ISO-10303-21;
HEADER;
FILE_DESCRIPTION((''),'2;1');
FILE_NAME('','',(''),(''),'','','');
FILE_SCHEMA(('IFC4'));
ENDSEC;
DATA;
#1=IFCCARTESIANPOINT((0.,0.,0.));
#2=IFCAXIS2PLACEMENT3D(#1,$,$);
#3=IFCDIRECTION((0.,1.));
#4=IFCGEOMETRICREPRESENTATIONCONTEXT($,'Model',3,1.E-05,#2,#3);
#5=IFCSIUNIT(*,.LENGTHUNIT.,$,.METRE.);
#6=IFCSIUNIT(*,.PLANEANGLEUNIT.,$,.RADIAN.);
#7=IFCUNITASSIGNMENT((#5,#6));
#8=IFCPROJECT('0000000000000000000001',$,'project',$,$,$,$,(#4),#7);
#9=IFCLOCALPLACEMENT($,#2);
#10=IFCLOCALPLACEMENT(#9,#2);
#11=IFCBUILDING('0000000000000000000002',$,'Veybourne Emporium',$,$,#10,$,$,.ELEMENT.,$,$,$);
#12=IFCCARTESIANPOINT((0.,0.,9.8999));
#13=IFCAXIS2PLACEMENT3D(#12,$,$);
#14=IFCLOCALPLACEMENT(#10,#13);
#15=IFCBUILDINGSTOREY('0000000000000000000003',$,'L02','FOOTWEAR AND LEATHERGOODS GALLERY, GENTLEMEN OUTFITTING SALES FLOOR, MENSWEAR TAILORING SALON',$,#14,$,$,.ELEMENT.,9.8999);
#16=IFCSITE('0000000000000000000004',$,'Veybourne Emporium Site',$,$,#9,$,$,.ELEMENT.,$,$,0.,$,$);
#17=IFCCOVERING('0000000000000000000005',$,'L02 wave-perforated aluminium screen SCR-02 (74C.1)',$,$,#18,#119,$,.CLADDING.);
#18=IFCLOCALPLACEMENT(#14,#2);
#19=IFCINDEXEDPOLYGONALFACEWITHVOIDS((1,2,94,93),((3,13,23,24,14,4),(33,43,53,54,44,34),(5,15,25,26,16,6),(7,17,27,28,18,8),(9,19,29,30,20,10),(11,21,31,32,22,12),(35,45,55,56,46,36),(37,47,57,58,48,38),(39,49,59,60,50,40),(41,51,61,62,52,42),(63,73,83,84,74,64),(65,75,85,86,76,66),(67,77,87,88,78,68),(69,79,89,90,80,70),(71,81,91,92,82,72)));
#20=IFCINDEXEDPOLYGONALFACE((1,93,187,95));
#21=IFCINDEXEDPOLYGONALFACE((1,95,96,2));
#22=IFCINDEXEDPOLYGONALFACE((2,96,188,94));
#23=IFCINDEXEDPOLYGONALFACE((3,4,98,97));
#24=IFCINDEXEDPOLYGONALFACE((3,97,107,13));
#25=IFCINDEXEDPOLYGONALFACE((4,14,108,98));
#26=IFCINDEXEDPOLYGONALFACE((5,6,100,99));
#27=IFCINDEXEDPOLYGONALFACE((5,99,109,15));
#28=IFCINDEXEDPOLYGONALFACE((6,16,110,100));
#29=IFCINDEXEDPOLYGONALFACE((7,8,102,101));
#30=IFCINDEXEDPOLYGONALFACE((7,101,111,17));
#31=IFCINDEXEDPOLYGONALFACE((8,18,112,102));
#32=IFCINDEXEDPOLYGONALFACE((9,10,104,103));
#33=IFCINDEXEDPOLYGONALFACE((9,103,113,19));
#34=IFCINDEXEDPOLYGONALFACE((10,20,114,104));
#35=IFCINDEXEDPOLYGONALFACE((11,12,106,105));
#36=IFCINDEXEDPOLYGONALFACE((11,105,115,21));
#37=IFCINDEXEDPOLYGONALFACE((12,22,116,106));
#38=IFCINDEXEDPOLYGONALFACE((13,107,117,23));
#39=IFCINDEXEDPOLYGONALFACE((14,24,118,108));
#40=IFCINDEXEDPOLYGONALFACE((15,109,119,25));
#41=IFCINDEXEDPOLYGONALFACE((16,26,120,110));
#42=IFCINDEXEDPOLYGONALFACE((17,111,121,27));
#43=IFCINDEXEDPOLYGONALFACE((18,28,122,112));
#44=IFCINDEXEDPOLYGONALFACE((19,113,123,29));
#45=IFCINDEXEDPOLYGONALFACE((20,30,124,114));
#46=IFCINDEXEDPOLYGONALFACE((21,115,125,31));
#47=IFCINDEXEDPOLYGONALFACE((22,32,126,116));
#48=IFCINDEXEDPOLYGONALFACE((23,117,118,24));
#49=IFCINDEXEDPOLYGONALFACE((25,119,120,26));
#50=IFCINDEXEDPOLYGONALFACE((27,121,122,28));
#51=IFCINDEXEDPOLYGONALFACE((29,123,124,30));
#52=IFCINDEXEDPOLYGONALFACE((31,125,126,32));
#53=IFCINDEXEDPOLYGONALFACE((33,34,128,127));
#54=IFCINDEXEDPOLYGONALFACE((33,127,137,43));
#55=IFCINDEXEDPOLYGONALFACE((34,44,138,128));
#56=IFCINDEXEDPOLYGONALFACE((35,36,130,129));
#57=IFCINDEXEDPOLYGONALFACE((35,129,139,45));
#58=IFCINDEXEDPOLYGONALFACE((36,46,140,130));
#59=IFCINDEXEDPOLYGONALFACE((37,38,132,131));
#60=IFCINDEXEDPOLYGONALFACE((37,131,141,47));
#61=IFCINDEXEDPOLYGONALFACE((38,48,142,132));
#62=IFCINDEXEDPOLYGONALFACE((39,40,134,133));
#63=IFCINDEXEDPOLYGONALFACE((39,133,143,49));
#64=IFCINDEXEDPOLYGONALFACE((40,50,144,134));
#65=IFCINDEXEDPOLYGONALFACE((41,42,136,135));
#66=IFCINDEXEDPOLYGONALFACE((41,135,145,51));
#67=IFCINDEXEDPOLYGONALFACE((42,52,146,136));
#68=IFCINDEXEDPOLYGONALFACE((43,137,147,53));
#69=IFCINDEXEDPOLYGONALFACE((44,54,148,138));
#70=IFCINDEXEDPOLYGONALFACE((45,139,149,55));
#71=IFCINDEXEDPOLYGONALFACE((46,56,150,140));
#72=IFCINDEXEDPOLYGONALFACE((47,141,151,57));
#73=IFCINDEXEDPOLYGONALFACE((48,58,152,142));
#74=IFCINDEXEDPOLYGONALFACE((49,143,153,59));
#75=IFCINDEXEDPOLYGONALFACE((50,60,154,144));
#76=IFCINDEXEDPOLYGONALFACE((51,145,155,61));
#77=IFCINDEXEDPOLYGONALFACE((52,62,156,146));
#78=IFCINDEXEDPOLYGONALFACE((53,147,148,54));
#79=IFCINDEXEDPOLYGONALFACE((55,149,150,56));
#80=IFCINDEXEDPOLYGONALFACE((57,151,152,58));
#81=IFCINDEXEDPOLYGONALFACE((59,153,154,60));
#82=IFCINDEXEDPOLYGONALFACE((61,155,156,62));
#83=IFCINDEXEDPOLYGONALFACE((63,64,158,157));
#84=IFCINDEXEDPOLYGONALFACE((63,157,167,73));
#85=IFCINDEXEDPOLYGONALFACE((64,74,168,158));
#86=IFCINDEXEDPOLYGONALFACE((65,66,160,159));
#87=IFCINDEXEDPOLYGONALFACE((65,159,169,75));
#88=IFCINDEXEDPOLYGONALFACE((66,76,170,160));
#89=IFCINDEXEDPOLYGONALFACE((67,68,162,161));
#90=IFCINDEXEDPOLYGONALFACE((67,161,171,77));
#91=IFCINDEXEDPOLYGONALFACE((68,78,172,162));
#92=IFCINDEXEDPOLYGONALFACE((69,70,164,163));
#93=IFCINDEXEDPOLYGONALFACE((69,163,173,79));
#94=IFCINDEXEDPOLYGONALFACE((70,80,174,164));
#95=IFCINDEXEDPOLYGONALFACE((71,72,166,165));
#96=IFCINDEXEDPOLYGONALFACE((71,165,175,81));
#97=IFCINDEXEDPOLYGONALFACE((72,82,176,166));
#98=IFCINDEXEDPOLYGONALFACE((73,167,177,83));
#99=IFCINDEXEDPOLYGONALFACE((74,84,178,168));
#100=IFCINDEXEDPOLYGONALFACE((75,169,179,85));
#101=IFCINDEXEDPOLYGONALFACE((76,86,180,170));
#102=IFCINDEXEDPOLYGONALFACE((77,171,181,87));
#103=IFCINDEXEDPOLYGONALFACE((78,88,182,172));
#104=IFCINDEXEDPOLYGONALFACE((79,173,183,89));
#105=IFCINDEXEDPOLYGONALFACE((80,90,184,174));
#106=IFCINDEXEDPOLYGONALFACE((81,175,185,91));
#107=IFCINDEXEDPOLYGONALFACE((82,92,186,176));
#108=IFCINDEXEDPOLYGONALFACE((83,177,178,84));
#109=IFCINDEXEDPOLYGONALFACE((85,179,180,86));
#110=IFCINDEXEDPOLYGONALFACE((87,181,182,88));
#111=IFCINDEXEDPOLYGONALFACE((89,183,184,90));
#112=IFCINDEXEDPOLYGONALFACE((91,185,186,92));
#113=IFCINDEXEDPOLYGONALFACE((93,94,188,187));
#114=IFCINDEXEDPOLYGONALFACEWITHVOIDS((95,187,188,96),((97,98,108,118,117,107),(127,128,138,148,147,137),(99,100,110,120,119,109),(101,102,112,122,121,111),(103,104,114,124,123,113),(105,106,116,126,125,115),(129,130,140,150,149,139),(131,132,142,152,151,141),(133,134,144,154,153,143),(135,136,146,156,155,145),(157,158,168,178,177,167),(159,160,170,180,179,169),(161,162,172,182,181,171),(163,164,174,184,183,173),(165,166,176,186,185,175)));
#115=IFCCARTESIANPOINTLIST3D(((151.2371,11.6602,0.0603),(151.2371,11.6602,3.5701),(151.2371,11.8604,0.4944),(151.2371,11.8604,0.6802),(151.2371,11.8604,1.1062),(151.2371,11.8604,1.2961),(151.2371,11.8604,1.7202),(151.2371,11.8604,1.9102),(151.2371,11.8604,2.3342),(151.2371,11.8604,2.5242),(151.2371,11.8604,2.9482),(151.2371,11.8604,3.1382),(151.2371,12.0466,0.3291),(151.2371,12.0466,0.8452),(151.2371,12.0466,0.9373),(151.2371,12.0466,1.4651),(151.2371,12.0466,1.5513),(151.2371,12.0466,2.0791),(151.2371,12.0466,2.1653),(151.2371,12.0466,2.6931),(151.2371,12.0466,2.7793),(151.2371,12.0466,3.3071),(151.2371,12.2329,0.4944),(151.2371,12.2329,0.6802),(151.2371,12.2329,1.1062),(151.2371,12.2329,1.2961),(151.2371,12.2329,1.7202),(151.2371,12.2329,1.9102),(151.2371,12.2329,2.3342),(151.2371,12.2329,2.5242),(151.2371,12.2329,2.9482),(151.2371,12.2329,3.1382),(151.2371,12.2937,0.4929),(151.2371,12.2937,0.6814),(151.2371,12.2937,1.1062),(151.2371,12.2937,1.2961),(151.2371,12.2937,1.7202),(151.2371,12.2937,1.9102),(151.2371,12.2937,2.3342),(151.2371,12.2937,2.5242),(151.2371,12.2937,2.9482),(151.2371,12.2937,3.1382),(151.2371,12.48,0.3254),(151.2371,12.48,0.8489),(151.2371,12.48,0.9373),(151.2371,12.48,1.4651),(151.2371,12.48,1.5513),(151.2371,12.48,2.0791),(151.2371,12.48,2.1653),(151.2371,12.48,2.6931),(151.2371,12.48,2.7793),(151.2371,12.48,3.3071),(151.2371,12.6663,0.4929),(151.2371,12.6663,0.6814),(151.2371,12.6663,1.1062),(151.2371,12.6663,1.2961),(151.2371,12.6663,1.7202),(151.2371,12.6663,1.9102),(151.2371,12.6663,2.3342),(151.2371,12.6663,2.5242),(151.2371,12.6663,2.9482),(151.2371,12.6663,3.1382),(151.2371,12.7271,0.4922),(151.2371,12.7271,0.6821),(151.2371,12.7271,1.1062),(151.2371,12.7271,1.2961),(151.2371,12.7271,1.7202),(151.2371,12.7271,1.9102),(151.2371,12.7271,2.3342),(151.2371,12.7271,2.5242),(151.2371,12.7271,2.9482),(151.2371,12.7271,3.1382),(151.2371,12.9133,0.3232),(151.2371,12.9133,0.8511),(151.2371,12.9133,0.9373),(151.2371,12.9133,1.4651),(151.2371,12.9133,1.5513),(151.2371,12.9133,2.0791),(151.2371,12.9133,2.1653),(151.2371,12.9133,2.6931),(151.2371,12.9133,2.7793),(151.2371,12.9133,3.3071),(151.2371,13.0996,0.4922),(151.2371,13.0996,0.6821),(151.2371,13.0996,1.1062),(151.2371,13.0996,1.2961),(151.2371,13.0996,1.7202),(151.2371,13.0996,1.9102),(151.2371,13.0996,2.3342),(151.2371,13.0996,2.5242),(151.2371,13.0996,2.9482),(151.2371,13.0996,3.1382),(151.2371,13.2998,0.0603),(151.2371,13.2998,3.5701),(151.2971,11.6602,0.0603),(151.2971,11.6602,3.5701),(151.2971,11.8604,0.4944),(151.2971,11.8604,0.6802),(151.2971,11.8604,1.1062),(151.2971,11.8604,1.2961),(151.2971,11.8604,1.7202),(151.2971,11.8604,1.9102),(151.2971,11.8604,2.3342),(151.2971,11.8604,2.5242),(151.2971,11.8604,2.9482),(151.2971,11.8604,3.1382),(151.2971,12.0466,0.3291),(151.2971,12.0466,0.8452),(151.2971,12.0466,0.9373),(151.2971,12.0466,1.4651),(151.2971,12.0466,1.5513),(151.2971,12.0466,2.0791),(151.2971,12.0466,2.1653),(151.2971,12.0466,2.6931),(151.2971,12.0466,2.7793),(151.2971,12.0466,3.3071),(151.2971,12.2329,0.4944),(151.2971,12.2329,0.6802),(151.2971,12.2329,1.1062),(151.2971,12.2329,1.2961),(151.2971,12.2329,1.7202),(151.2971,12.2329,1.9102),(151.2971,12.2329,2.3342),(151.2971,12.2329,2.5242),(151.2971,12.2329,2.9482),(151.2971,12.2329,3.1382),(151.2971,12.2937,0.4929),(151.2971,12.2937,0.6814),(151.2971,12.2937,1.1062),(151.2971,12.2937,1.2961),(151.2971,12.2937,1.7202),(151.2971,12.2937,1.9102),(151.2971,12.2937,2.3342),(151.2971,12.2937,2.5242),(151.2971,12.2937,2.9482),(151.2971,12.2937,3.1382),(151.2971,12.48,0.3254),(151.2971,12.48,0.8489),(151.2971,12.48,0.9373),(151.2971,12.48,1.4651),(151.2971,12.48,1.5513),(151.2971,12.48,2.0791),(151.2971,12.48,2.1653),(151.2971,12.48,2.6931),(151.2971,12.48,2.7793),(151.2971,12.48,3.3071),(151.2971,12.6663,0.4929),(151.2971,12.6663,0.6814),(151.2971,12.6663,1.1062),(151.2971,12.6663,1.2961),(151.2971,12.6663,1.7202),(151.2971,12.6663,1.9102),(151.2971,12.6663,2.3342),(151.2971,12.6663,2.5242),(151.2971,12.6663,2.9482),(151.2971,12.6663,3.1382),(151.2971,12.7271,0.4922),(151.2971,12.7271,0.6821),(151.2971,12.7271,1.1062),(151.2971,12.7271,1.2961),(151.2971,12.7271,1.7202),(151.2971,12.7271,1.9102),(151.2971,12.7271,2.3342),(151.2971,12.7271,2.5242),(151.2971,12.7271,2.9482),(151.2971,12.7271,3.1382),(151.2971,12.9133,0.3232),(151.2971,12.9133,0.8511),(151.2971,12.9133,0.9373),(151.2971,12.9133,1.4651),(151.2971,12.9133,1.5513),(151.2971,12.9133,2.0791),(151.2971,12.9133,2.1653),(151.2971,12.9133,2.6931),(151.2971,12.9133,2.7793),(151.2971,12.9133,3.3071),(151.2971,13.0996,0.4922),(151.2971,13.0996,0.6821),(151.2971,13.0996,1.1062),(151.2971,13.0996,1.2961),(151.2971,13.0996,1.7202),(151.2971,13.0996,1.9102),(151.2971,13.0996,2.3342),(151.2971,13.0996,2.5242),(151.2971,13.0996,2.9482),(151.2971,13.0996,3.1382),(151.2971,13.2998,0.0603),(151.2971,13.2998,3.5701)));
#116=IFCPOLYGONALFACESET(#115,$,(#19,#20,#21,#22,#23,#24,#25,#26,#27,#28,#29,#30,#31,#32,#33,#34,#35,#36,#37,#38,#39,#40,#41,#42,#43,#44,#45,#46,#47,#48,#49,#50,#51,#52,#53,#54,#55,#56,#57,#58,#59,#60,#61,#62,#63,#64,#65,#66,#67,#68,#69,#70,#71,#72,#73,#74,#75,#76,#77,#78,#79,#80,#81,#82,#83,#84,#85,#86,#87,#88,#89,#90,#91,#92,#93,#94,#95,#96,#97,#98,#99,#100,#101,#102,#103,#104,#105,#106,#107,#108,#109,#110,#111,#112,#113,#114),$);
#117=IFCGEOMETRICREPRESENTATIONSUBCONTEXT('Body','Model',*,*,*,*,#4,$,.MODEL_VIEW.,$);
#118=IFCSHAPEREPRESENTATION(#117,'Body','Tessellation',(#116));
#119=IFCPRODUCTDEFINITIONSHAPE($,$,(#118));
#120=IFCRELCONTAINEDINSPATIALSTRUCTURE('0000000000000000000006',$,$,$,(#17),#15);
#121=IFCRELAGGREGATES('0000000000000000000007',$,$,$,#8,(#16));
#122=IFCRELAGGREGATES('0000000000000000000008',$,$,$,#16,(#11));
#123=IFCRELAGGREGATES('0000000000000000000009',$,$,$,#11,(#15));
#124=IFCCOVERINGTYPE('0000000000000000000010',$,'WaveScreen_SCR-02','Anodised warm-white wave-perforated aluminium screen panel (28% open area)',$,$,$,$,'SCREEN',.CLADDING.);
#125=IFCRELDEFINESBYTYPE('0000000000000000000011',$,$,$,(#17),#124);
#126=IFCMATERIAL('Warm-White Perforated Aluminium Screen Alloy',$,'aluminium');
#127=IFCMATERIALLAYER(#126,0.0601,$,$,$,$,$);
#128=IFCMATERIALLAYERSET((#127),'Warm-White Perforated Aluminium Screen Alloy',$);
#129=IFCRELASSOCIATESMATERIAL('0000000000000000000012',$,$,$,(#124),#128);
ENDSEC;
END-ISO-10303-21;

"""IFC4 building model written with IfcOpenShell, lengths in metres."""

from ifc_helpers import new_model, si_unit, direction, frame, origin, place, context, subcontext, project, spatial, polyline, outline, extrude, material, layer, layer_set, type_object, element, save


model = new_model("IFC4")

# Units and contexts
model_context = context("Model", 3, precision=1e-05, world=origin(), true_north=direction((0.0, 1.0)))
body_context = subcontext(model_context, "Body", "Model", "MODEL_VIEW")
ifc_project = project(units=[si_unit("LENGTHUNIT", "METRE"), si_unit("PLANEANGLEUNIT", "RADIAN")], contexts=[model_context])

# Site, building, storey
site_placement = place(None, origin())
site = spatial("IfcSite", under=ifc_project, at=site_placement, Name="Veybourne Emporium Site", CompositionType="ELEMENT", RefElevation=0.0)
building_placement = place(site_placement, origin())
building = spatial("IfcBuilding", under=site, at=building_placement, Name="Veybourne Emporium", CompositionType="ELEMENT")
storey_placement = place(building_placement, frame((0.0, 0.0, 9.8999)))
storey = spatial("IfcBuildingStorey", under=building, at=storey_placement, Name="L02", Description="FOOTWEAR AND LEATHERGOODS GALLERY, GENTLEMEN OUTFITTING SALES FLOOR, MENSWEAR TAILORING SALON", CompositionType="ELEMENT", Elevation=9.8999)

# Covering
ifc_material_1 = material(Name="Warm-White Perforated Aluminium Screen Alloy", Category="aluminium")
ifc_layer_1 = layer(ifc_material_1, 0.0601)
ifc_layer_set_1 = layer_set([ifc_layer_1], Name="Warm-White Perforated Aluminium Screen Alloy")
covering_type_1 = type_object("IfcCoveringType", Name="WaveScreen_SCR-02", Description="Anodised warm-white wave-perforated aluminium screen panel (28% open area)", ElementType="SCREEN", PredefinedType="CLADDING", material=ifc_layer_set_1)
covering_1_placement = place(storey_placement, frame((151.2971, 12.48, 1.8152), z_axis=(-1.0, 0.0, 0.0), x_axis=(0.0, -1.0, 0.0)))
element("IfcCovering", 1, at=covering_1_placement, inside=storey, type_object=covering_type_1, Name="L02 wave-perforated aluminium screen SCR-02 (74C.1)", PredefinedType="CLADDING", context=body_context, shape_type="SweptSolid", body=[
    extrude(outline(polyline([(-0.8198, -1.7549), (0.8198, -1.7549), (0.8198, 1.7549), (-0.8198, 1.7549), (-0.8198, -1.7549)]), holes=[polyline([(-0.4333, -0.9641), (-0.2471, -1.1331), (-0.2471, -1.323), (-0.4333, -1.4919), (-0.6196, -1.323), (-0.6196, -1.1331), (-0.4333, -0.9641)]), polyline([(-0.4333, -0.3501), (-0.2471, -0.519), (-0.2471, -0.709), (-0.4333, -0.8779), (-0.6196, -0.709), (-0.6196, -0.519), (-0.4333, -0.3501)]), polyline([(-0.4333, 0.2639), (-0.2471, 0.095), (-0.2471, -0.095), (-0.4333, -0.2639), (-0.6196, -0.095), (-0.6196, 0.095), (-0.4333, 0.2639)]), polyline([(-0.4333, 0.8779), (-0.2471, 0.709), (-0.2471, 0.519), (-0.4333, 0.3501), (-0.6196, 0.519), (-0.6196, 0.709), (-0.4333, 0.8779)]), polyline([(-0.4333, 1.4919), (-0.2471, 1.323), (-0.2471, 1.1331), (-0.4333, 0.9641), (-0.6196, 1.1331), (-0.6196, 1.323), (-0.4333, 1.4919)]), polyline([(0.0, -0.9663), (0.1863, -1.1338), (0.1863, -1.3223), (0.0, -1.4897), (-0.1863, -1.3223), (-0.1863, -1.1338), (0.0, -0.9663)]), polyline([(0.0, -0.3501), (0.1863, -0.519), (0.1863, -0.709), (0.0, -0.8779), (-0.1863, -0.709), (-0.1863, -0.519), (0.0, -0.3501)]), polyline([(0.0, 0.2639), (0.1863, 0.095), (0.1863, -0.095), (0.0, -0.2639), (-0.1863, -0.095), (-0.1863, 0.095), (0.0, 0.2639)]), polyline([(0.0, 0.8779), (0.1863, 0.709), (0.1863, 0.519), (0.0, 0.3501), (-0.1863, 0.519), (-0.1863, 0.709), (0.0, 0.8779)]), polyline([(0.0, 1.4919), (0.1863, 1.323), (0.1863, 1.1331), (0.0, 0.9641), (-0.1863, 1.1331), (-0.1863, 1.323), (0.0, 1.4919)]), polyline([(0.4333, -0.97), (0.6196, -1.135), (0.6196, -1.3208), (0.4333, -1.4861), (0.2471, -1.3208), (0.2471, -1.135), (0.4333, -0.97)]), polyline([(0.4333, -0.3501), (0.6196, -0.519), (0.6196, -0.709), (0.4333, -0.8779), (0.2471, -0.709), (0.2471, -0.519), (0.4333, -0.3501)]), polyline([(0.4333, 0.2639), (0.6196, 0.095), (0.6196, -0.095), (0.4333, -0.2639), (0.2471, -0.095), (0.2471, 0.095), (0.4333, 0.2639)]), polyline([(0.4333, 0.8779), (0.6196, 0.709), (0.6196, 0.519), (0.4333, 0.3501), (0.2471, 0.519), (0.2471, 0.709), (0.4333, 0.8779)]), polyline([(0.4333, 1.4919), (0.6196, 1.323), (0.6196, 1.1331), (0.4333, 0.9641), (0.2471, 1.1331), (0.2471, 1.323), (0.4333, 1.4919)])]), origin(), (0.0, 0.0, 1.0), 0.0601),
])

save(model, "model.ifc")
